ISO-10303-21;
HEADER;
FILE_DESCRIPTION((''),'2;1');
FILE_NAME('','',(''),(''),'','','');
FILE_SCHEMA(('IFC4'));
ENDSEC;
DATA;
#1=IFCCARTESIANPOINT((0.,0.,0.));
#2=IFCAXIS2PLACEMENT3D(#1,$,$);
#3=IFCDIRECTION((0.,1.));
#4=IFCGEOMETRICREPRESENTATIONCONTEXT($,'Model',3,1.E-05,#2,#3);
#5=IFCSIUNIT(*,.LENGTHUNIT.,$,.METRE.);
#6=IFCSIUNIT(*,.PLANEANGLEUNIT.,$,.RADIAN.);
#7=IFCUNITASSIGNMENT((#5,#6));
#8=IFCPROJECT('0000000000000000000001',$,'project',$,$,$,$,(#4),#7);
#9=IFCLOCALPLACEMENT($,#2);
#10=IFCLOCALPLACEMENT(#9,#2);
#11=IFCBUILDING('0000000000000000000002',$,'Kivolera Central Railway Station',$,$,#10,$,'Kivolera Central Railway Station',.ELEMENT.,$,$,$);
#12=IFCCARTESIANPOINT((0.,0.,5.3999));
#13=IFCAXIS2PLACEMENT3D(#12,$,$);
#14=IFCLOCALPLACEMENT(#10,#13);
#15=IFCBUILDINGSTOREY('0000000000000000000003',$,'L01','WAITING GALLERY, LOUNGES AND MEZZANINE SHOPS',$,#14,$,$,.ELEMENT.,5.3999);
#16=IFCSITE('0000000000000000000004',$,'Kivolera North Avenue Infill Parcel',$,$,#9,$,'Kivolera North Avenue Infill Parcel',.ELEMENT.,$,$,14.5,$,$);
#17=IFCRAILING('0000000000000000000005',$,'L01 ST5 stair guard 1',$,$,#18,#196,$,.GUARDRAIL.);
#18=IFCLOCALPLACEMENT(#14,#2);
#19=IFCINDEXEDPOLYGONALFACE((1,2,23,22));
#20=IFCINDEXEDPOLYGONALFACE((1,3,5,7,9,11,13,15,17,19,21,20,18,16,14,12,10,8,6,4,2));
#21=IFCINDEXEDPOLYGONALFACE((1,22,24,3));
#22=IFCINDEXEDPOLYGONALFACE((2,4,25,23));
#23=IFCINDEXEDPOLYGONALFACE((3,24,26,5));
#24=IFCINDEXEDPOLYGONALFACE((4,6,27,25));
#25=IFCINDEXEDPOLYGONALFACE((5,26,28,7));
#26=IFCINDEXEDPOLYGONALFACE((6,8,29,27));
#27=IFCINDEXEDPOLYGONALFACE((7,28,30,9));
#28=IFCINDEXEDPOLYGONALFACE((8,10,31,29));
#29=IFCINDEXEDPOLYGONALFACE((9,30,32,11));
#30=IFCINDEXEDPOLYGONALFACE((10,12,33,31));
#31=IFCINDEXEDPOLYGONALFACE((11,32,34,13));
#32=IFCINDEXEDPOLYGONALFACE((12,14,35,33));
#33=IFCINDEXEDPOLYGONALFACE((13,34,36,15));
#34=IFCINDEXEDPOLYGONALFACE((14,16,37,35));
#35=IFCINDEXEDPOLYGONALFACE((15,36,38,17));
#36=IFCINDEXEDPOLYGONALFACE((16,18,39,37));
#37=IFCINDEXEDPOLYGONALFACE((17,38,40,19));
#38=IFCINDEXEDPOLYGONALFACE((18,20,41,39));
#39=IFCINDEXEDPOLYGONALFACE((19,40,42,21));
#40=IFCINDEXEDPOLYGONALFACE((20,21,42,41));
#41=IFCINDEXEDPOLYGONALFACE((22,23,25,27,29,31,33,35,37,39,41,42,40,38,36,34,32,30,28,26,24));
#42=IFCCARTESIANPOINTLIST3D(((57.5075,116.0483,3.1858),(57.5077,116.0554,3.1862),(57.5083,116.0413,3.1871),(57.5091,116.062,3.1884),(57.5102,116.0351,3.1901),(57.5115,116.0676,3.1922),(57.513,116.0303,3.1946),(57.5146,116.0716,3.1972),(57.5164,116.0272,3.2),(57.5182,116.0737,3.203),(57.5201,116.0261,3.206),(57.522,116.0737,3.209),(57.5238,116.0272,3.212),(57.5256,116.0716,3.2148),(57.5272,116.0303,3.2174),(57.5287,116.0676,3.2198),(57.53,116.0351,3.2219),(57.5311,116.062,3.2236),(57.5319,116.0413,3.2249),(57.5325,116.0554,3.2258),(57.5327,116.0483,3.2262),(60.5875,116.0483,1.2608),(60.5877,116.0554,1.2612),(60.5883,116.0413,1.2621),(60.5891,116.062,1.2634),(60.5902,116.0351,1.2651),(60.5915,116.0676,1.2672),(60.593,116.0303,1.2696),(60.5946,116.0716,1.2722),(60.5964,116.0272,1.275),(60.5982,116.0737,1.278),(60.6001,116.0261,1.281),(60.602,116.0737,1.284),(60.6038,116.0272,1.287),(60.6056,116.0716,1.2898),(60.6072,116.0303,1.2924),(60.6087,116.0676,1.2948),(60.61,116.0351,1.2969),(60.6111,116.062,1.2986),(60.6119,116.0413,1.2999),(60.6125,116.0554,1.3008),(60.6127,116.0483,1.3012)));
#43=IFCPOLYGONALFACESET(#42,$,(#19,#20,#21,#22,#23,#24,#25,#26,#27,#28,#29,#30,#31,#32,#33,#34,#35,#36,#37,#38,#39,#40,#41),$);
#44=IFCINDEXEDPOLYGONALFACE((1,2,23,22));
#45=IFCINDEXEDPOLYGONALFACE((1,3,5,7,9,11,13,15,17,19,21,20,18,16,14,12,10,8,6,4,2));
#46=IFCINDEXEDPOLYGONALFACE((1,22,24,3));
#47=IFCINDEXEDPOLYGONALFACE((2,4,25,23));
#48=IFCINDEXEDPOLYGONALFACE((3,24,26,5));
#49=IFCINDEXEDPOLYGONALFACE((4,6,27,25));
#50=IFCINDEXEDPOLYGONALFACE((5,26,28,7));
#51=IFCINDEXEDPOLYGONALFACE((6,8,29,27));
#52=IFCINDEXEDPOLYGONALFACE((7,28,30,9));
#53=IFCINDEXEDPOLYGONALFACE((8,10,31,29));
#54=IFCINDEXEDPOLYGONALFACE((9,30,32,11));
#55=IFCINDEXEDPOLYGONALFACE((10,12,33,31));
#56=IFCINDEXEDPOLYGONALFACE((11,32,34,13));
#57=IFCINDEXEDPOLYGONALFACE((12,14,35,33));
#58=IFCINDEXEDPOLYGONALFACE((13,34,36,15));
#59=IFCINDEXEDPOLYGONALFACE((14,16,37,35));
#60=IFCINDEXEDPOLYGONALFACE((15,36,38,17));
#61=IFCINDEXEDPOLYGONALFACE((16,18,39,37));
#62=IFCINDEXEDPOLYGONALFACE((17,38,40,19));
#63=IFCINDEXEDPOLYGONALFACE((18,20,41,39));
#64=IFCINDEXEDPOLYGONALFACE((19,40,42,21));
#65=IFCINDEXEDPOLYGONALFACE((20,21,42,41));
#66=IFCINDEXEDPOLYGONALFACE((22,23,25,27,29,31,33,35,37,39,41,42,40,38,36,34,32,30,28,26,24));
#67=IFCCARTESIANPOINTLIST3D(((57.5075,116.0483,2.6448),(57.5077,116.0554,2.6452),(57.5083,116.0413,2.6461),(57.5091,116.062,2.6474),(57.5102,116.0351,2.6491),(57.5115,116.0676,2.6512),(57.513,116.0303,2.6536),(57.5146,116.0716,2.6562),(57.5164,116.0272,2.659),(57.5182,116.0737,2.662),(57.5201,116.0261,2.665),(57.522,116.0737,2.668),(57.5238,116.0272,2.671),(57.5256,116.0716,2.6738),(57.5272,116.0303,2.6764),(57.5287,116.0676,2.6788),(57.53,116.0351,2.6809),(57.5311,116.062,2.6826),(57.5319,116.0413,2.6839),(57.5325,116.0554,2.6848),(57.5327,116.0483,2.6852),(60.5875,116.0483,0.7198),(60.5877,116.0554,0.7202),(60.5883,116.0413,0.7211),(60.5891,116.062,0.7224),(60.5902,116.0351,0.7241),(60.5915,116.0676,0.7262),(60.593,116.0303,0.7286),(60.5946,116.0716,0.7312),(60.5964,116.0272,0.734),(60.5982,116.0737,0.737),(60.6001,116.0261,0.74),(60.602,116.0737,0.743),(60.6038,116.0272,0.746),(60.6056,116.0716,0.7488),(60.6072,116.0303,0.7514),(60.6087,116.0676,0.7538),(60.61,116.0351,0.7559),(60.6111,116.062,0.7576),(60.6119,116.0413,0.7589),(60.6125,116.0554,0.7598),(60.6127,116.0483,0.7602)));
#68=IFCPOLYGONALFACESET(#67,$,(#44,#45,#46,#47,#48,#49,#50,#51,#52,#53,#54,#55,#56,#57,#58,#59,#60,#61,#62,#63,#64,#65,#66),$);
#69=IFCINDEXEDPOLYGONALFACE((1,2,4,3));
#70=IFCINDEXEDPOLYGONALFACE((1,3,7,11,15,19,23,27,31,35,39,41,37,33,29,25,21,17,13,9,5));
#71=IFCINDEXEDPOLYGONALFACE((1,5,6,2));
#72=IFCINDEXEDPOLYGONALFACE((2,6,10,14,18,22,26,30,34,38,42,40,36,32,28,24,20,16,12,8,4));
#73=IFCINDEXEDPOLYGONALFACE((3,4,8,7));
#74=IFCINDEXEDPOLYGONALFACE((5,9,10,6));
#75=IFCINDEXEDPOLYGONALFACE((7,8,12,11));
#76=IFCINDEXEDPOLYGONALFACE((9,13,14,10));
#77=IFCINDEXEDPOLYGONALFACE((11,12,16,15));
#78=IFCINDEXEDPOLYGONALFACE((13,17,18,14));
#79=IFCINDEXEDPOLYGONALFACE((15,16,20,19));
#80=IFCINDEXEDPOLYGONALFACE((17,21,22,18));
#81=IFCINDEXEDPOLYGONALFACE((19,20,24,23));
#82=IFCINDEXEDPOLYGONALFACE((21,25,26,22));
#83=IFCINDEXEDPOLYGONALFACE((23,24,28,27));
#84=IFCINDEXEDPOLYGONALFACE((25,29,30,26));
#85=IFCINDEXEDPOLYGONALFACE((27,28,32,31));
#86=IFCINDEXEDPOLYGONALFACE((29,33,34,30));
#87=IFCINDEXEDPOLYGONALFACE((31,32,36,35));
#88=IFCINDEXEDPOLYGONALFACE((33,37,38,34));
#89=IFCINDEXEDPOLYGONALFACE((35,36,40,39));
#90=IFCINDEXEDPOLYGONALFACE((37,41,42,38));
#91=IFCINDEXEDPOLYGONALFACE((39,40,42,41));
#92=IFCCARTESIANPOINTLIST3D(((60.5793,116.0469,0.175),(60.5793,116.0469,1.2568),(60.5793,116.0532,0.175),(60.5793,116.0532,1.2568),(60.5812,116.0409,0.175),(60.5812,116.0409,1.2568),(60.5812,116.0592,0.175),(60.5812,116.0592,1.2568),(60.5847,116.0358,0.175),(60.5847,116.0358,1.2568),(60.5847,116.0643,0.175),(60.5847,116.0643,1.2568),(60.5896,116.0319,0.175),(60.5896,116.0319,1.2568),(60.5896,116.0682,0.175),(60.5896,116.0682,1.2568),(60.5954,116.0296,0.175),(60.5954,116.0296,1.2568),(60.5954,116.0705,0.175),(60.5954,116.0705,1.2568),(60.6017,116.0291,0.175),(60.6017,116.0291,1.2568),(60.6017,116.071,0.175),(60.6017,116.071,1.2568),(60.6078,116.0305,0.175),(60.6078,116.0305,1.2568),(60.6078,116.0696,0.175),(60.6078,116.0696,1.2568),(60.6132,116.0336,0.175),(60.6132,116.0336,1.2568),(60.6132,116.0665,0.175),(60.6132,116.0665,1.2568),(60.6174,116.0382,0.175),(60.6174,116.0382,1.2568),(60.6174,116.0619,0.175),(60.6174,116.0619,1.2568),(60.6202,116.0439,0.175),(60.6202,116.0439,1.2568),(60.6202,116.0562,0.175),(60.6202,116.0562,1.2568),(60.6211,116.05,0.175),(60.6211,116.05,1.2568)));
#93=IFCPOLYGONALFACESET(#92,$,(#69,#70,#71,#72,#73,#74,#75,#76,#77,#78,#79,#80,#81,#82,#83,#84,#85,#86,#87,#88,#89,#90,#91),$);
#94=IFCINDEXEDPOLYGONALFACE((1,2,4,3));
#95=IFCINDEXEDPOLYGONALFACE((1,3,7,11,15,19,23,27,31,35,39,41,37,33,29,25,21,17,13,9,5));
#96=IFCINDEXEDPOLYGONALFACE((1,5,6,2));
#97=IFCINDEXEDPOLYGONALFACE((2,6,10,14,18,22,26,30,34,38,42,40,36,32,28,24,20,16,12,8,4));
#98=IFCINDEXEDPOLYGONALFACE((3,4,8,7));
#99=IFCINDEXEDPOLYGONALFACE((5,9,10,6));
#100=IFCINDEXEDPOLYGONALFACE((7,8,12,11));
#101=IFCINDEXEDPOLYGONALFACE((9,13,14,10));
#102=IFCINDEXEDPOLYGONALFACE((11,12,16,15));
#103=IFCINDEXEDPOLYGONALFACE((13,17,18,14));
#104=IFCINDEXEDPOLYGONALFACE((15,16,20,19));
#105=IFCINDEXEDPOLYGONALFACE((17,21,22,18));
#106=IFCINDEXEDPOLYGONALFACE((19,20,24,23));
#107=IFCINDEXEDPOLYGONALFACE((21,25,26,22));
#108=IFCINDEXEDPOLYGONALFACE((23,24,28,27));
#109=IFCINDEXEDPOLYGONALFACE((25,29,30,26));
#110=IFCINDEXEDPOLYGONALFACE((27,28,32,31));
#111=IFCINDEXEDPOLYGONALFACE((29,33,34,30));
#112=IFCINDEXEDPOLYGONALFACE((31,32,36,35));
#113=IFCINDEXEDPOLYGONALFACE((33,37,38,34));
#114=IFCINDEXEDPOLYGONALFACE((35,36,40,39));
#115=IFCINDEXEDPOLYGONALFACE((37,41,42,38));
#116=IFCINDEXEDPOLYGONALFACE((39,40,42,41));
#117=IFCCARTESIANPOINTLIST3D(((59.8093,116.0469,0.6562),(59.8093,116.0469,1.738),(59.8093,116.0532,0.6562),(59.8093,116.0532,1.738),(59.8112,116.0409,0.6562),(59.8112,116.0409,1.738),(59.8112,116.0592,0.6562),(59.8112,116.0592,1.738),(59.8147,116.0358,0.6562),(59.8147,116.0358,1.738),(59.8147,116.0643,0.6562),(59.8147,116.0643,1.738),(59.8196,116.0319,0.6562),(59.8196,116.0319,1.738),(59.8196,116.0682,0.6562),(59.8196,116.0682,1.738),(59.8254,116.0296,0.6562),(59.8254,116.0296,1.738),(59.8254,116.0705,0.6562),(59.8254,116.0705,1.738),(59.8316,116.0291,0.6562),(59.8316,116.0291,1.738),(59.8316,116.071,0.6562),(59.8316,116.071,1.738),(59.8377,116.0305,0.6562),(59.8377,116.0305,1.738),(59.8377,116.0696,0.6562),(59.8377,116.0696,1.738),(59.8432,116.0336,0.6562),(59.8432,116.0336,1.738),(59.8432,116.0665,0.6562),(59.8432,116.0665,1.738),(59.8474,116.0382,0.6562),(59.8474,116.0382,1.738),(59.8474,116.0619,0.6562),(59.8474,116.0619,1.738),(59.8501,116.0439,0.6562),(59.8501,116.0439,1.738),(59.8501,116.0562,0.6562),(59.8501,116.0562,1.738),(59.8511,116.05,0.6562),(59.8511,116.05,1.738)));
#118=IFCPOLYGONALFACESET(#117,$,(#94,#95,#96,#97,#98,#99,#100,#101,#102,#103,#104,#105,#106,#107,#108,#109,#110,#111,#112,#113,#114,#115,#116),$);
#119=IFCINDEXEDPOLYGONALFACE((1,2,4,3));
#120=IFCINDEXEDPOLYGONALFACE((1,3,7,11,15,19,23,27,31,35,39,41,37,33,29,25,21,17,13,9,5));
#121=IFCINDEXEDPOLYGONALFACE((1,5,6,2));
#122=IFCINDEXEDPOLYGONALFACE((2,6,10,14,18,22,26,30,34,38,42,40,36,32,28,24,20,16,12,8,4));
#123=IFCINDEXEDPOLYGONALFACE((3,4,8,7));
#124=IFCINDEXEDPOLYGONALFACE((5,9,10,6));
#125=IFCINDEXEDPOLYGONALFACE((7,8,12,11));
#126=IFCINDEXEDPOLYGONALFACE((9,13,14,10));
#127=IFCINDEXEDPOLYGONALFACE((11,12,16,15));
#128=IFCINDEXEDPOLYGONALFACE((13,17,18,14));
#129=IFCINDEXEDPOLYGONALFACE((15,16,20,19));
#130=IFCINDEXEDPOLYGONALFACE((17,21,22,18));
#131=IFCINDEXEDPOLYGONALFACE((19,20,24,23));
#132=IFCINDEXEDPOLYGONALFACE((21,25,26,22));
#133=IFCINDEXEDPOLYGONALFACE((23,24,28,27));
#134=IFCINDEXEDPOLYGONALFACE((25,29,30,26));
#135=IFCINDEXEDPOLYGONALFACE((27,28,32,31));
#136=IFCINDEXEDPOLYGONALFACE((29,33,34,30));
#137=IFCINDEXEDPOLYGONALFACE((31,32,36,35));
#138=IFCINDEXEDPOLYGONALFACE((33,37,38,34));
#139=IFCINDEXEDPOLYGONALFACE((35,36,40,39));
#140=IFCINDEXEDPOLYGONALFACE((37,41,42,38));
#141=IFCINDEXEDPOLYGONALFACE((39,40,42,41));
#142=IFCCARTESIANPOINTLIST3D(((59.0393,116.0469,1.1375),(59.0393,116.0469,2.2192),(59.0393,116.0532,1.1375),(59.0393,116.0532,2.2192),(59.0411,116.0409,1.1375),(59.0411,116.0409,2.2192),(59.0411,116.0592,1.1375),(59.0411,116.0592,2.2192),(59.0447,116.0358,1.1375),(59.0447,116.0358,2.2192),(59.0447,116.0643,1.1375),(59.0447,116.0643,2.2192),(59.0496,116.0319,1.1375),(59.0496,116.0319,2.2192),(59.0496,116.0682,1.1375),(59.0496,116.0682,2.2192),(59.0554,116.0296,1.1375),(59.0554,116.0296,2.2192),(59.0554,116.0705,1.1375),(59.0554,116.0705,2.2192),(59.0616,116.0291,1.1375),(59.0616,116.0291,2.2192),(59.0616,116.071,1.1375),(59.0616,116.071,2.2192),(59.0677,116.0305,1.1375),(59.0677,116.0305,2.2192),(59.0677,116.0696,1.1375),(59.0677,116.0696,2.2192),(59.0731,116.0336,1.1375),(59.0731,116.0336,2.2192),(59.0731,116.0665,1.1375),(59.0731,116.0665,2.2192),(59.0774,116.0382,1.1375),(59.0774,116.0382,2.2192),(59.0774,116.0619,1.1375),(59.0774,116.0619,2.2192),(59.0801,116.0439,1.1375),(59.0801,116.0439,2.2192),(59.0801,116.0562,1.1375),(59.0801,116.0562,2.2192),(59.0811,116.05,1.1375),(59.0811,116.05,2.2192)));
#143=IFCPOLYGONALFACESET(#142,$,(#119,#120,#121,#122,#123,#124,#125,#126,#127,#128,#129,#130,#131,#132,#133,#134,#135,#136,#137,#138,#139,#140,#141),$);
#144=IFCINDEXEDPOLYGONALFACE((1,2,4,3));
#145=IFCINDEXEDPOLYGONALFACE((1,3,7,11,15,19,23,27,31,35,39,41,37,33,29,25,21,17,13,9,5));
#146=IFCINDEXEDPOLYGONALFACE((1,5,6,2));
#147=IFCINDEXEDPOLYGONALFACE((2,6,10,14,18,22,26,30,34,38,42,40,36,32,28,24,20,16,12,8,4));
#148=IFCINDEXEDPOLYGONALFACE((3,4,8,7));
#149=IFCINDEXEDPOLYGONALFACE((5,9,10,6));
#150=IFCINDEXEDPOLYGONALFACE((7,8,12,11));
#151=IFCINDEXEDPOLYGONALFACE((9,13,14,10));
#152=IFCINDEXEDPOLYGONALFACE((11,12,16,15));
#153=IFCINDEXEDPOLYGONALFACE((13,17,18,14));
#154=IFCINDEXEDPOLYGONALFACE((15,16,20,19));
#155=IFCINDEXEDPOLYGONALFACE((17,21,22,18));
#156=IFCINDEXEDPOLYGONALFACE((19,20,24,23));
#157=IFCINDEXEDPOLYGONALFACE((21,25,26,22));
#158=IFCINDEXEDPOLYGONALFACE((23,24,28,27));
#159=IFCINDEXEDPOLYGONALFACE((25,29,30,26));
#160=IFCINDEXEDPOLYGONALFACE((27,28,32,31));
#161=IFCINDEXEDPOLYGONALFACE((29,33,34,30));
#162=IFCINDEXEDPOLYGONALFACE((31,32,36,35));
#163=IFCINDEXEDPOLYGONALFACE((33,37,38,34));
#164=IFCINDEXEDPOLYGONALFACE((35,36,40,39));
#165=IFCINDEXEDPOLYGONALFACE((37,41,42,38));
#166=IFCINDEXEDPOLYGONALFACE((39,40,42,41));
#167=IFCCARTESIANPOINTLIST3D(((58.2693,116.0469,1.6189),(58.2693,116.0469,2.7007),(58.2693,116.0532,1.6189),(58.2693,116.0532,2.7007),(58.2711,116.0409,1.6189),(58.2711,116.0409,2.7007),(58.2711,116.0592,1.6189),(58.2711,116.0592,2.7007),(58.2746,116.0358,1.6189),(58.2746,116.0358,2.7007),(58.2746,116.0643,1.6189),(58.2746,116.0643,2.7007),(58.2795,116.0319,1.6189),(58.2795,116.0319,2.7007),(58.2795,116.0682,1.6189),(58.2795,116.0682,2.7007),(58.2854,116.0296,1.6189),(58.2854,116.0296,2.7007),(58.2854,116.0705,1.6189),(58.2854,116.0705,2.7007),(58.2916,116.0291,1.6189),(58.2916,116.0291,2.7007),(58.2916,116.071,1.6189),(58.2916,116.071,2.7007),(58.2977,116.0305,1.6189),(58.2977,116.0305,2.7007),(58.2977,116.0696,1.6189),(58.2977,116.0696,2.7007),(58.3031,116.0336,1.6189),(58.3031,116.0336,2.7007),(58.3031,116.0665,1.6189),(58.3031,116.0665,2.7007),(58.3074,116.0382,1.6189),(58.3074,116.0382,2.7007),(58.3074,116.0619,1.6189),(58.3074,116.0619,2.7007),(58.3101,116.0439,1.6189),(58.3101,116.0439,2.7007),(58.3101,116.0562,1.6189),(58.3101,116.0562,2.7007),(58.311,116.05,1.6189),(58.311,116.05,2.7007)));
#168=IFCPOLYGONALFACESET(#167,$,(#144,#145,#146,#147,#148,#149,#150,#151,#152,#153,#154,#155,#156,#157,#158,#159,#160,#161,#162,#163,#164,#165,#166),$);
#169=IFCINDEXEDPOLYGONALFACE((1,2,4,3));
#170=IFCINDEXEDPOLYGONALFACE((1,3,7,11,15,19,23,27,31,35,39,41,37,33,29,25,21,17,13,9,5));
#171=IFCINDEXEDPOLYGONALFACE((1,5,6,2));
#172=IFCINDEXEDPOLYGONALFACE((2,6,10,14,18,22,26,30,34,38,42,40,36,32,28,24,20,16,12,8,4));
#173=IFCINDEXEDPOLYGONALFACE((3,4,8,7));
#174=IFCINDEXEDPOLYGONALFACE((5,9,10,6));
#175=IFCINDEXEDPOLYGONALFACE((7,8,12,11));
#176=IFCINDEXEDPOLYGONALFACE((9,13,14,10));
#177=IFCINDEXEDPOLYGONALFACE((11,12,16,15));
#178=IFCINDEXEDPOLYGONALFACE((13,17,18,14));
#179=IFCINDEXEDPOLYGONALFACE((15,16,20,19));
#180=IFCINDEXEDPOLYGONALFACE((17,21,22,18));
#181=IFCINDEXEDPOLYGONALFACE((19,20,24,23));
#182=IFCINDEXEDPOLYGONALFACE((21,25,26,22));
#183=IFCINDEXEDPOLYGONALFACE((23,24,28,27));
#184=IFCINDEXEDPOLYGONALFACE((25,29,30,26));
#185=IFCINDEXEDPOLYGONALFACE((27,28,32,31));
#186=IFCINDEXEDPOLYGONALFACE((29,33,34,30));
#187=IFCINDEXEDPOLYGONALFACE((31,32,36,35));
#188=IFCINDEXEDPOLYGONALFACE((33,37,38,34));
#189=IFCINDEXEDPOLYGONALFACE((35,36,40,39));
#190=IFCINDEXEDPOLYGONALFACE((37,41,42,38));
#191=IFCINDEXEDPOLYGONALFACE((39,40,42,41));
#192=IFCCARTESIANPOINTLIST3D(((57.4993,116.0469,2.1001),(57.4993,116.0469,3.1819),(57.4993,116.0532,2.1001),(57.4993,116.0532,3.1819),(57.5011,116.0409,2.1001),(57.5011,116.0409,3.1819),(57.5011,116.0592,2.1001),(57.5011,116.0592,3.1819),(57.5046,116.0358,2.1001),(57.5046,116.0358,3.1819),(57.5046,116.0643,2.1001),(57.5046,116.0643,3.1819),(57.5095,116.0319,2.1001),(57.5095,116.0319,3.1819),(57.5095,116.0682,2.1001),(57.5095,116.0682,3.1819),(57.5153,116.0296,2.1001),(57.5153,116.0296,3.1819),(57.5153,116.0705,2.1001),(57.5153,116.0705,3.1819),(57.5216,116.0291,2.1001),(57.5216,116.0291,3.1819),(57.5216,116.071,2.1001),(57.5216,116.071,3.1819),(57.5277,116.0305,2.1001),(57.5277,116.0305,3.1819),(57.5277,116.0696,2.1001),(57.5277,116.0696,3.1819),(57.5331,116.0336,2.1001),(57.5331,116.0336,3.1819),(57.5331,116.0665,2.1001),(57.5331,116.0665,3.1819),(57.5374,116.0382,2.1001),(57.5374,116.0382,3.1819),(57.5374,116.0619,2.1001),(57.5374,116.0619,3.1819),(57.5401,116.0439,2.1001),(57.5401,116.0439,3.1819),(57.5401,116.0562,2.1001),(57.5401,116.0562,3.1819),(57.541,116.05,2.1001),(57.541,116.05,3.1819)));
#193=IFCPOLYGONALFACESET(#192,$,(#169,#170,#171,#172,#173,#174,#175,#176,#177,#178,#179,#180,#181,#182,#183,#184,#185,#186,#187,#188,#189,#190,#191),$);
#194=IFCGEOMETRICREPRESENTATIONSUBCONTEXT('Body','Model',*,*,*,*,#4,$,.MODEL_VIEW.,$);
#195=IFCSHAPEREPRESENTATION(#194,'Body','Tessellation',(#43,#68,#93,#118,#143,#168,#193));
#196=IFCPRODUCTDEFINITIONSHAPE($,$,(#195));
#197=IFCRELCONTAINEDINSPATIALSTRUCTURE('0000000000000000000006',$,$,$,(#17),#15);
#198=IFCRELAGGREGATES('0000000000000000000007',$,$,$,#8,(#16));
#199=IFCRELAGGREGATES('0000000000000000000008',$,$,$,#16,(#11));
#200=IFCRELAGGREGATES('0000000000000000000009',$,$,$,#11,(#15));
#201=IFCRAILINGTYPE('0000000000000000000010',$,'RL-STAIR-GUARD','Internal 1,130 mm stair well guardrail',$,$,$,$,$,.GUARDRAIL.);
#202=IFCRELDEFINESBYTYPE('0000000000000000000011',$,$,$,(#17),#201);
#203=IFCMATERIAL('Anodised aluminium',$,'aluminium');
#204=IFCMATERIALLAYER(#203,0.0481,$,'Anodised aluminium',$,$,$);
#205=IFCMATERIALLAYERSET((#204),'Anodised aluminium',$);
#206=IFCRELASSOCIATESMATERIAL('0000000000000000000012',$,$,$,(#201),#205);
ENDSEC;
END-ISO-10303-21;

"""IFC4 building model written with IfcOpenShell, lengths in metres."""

from ifc_helpers import new_model, si_unit, direction, frame, origin, origin_2d, place, context, subcontext, project, spatial, circle, extrude, material, layer, layer_set, type_object, element, save


model = new_model("IFC4")

# Units and contexts
model_context = context("Model", 3, precision=1e-05, world=origin(), true_north=direction((0.0, 1.0)))
body_context = subcontext(model_context, "Body", "Model", "MODEL_VIEW")
ifc_project = project(units=[si_unit("LENGTHUNIT", "METRE"), si_unit("PLANEANGLEUNIT", "RADIAN")], contexts=[model_context])

# Site, building, storey
site_placement = place(None, origin())
site = spatial("IfcSite", under=ifc_project, at=site_placement, Name="Kivolera North Avenue Infill Parcel", LongName="Kivolera North Avenue Infill Parcel", CompositionType="ELEMENT", RefElevation=14.5)
building_placement = place(site_placement, origin())
building = spatial("IfcBuilding", under=site, at=building_placement, Name="Kivolera Central Railway Station", LongName="Kivolera Central Railway Station", CompositionType="ELEMENT")
storey_placement = place(building_placement, frame((0.0, 0.0, 5.3999)))
storey = spatial("IfcBuildingStorey", under=building, at=storey_placement, Name="L01", Description="WAITING GALLERY, LOUNGES AND MEZZANINE SHOPS", CompositionType="ELEMENT", Elevation=5.3999)

# Shared definitions
ifc_material_1 = material(Name="Anodised aluminium", Category="aluminium")

# Railing
ifc_layer_1 = layer(ifc_material_1, 0.0481, Name="Anodised aluminium")
ifc_layer_set_1 = layer_set([ifc_layer_1], Name="Anodised aluminium")
railing_type_1 = type_object("IfcRailingType", Name="RL-STAIR-GUARD", Description="Internal 1,130 mm stair well guardrail", PredefinedType="GUARDRAIL", material=ifc_layer_set_1)
railing_1_placement = place(storey_placement, frame((60.6001, 116.05, 0.175)))
element("IfcRailing", 1, at=railing_1_placement, inside=storey, type_object=railing_type_1, Name="L01 ST5 stair guard 1", PredefinedType="GUARDRAIL", context=body_context, shape_type="SweptSolid", body=[
    extrude(circle(Radius=0.0239, at=origin_2d()), frame((0.0, 0.0, 1.106), z_axis=(-0.847998, 0.0, 0.529999), x_axis=(0.0, -1.0, 0.0)), (0.0, 0.0, 1.0), 3.6321),
    extrude(circle(Radius=0.0239, at=origin_2d()), frame((0.0, 0.0, 0.5649), z_axis=(-0.847998, 0.0, 0.529999), x_axis=(0.0, -1.0, 0.0)), (0.0, 0.0, 1.0), 3.6321),
    extrude(circle(Radius=0.021, at=origin_2d()), origin(), (0.0, 0.0, 1.0), 1.0818),
    extrude(circle(Radius=0.021, at=origin_2d()), frame((-0.77, 0.0, 0.4812)), (0.0, 0.0, 1.0), 1.0818),
    extrude(circle(Radius=0.021, at=origin_2d()), frame((-1.54, 0.0, 0.9624)), (0.0, 0.0, 1.0), 1.0818),
    extrude(circle(Radius=0.021, at=origin_2d()), frame((-2.3101, 0.0, 1.4438)), (0.0, 0.0, 1.0), 1.0818),
    extrude(circle(Radius=0.021, at=origin_2d()), frame((-3.0801, 0.0, 1.925)), (0.0, 0.0, 1.0), 1.0818),
])

save(model, "model.ifc")
